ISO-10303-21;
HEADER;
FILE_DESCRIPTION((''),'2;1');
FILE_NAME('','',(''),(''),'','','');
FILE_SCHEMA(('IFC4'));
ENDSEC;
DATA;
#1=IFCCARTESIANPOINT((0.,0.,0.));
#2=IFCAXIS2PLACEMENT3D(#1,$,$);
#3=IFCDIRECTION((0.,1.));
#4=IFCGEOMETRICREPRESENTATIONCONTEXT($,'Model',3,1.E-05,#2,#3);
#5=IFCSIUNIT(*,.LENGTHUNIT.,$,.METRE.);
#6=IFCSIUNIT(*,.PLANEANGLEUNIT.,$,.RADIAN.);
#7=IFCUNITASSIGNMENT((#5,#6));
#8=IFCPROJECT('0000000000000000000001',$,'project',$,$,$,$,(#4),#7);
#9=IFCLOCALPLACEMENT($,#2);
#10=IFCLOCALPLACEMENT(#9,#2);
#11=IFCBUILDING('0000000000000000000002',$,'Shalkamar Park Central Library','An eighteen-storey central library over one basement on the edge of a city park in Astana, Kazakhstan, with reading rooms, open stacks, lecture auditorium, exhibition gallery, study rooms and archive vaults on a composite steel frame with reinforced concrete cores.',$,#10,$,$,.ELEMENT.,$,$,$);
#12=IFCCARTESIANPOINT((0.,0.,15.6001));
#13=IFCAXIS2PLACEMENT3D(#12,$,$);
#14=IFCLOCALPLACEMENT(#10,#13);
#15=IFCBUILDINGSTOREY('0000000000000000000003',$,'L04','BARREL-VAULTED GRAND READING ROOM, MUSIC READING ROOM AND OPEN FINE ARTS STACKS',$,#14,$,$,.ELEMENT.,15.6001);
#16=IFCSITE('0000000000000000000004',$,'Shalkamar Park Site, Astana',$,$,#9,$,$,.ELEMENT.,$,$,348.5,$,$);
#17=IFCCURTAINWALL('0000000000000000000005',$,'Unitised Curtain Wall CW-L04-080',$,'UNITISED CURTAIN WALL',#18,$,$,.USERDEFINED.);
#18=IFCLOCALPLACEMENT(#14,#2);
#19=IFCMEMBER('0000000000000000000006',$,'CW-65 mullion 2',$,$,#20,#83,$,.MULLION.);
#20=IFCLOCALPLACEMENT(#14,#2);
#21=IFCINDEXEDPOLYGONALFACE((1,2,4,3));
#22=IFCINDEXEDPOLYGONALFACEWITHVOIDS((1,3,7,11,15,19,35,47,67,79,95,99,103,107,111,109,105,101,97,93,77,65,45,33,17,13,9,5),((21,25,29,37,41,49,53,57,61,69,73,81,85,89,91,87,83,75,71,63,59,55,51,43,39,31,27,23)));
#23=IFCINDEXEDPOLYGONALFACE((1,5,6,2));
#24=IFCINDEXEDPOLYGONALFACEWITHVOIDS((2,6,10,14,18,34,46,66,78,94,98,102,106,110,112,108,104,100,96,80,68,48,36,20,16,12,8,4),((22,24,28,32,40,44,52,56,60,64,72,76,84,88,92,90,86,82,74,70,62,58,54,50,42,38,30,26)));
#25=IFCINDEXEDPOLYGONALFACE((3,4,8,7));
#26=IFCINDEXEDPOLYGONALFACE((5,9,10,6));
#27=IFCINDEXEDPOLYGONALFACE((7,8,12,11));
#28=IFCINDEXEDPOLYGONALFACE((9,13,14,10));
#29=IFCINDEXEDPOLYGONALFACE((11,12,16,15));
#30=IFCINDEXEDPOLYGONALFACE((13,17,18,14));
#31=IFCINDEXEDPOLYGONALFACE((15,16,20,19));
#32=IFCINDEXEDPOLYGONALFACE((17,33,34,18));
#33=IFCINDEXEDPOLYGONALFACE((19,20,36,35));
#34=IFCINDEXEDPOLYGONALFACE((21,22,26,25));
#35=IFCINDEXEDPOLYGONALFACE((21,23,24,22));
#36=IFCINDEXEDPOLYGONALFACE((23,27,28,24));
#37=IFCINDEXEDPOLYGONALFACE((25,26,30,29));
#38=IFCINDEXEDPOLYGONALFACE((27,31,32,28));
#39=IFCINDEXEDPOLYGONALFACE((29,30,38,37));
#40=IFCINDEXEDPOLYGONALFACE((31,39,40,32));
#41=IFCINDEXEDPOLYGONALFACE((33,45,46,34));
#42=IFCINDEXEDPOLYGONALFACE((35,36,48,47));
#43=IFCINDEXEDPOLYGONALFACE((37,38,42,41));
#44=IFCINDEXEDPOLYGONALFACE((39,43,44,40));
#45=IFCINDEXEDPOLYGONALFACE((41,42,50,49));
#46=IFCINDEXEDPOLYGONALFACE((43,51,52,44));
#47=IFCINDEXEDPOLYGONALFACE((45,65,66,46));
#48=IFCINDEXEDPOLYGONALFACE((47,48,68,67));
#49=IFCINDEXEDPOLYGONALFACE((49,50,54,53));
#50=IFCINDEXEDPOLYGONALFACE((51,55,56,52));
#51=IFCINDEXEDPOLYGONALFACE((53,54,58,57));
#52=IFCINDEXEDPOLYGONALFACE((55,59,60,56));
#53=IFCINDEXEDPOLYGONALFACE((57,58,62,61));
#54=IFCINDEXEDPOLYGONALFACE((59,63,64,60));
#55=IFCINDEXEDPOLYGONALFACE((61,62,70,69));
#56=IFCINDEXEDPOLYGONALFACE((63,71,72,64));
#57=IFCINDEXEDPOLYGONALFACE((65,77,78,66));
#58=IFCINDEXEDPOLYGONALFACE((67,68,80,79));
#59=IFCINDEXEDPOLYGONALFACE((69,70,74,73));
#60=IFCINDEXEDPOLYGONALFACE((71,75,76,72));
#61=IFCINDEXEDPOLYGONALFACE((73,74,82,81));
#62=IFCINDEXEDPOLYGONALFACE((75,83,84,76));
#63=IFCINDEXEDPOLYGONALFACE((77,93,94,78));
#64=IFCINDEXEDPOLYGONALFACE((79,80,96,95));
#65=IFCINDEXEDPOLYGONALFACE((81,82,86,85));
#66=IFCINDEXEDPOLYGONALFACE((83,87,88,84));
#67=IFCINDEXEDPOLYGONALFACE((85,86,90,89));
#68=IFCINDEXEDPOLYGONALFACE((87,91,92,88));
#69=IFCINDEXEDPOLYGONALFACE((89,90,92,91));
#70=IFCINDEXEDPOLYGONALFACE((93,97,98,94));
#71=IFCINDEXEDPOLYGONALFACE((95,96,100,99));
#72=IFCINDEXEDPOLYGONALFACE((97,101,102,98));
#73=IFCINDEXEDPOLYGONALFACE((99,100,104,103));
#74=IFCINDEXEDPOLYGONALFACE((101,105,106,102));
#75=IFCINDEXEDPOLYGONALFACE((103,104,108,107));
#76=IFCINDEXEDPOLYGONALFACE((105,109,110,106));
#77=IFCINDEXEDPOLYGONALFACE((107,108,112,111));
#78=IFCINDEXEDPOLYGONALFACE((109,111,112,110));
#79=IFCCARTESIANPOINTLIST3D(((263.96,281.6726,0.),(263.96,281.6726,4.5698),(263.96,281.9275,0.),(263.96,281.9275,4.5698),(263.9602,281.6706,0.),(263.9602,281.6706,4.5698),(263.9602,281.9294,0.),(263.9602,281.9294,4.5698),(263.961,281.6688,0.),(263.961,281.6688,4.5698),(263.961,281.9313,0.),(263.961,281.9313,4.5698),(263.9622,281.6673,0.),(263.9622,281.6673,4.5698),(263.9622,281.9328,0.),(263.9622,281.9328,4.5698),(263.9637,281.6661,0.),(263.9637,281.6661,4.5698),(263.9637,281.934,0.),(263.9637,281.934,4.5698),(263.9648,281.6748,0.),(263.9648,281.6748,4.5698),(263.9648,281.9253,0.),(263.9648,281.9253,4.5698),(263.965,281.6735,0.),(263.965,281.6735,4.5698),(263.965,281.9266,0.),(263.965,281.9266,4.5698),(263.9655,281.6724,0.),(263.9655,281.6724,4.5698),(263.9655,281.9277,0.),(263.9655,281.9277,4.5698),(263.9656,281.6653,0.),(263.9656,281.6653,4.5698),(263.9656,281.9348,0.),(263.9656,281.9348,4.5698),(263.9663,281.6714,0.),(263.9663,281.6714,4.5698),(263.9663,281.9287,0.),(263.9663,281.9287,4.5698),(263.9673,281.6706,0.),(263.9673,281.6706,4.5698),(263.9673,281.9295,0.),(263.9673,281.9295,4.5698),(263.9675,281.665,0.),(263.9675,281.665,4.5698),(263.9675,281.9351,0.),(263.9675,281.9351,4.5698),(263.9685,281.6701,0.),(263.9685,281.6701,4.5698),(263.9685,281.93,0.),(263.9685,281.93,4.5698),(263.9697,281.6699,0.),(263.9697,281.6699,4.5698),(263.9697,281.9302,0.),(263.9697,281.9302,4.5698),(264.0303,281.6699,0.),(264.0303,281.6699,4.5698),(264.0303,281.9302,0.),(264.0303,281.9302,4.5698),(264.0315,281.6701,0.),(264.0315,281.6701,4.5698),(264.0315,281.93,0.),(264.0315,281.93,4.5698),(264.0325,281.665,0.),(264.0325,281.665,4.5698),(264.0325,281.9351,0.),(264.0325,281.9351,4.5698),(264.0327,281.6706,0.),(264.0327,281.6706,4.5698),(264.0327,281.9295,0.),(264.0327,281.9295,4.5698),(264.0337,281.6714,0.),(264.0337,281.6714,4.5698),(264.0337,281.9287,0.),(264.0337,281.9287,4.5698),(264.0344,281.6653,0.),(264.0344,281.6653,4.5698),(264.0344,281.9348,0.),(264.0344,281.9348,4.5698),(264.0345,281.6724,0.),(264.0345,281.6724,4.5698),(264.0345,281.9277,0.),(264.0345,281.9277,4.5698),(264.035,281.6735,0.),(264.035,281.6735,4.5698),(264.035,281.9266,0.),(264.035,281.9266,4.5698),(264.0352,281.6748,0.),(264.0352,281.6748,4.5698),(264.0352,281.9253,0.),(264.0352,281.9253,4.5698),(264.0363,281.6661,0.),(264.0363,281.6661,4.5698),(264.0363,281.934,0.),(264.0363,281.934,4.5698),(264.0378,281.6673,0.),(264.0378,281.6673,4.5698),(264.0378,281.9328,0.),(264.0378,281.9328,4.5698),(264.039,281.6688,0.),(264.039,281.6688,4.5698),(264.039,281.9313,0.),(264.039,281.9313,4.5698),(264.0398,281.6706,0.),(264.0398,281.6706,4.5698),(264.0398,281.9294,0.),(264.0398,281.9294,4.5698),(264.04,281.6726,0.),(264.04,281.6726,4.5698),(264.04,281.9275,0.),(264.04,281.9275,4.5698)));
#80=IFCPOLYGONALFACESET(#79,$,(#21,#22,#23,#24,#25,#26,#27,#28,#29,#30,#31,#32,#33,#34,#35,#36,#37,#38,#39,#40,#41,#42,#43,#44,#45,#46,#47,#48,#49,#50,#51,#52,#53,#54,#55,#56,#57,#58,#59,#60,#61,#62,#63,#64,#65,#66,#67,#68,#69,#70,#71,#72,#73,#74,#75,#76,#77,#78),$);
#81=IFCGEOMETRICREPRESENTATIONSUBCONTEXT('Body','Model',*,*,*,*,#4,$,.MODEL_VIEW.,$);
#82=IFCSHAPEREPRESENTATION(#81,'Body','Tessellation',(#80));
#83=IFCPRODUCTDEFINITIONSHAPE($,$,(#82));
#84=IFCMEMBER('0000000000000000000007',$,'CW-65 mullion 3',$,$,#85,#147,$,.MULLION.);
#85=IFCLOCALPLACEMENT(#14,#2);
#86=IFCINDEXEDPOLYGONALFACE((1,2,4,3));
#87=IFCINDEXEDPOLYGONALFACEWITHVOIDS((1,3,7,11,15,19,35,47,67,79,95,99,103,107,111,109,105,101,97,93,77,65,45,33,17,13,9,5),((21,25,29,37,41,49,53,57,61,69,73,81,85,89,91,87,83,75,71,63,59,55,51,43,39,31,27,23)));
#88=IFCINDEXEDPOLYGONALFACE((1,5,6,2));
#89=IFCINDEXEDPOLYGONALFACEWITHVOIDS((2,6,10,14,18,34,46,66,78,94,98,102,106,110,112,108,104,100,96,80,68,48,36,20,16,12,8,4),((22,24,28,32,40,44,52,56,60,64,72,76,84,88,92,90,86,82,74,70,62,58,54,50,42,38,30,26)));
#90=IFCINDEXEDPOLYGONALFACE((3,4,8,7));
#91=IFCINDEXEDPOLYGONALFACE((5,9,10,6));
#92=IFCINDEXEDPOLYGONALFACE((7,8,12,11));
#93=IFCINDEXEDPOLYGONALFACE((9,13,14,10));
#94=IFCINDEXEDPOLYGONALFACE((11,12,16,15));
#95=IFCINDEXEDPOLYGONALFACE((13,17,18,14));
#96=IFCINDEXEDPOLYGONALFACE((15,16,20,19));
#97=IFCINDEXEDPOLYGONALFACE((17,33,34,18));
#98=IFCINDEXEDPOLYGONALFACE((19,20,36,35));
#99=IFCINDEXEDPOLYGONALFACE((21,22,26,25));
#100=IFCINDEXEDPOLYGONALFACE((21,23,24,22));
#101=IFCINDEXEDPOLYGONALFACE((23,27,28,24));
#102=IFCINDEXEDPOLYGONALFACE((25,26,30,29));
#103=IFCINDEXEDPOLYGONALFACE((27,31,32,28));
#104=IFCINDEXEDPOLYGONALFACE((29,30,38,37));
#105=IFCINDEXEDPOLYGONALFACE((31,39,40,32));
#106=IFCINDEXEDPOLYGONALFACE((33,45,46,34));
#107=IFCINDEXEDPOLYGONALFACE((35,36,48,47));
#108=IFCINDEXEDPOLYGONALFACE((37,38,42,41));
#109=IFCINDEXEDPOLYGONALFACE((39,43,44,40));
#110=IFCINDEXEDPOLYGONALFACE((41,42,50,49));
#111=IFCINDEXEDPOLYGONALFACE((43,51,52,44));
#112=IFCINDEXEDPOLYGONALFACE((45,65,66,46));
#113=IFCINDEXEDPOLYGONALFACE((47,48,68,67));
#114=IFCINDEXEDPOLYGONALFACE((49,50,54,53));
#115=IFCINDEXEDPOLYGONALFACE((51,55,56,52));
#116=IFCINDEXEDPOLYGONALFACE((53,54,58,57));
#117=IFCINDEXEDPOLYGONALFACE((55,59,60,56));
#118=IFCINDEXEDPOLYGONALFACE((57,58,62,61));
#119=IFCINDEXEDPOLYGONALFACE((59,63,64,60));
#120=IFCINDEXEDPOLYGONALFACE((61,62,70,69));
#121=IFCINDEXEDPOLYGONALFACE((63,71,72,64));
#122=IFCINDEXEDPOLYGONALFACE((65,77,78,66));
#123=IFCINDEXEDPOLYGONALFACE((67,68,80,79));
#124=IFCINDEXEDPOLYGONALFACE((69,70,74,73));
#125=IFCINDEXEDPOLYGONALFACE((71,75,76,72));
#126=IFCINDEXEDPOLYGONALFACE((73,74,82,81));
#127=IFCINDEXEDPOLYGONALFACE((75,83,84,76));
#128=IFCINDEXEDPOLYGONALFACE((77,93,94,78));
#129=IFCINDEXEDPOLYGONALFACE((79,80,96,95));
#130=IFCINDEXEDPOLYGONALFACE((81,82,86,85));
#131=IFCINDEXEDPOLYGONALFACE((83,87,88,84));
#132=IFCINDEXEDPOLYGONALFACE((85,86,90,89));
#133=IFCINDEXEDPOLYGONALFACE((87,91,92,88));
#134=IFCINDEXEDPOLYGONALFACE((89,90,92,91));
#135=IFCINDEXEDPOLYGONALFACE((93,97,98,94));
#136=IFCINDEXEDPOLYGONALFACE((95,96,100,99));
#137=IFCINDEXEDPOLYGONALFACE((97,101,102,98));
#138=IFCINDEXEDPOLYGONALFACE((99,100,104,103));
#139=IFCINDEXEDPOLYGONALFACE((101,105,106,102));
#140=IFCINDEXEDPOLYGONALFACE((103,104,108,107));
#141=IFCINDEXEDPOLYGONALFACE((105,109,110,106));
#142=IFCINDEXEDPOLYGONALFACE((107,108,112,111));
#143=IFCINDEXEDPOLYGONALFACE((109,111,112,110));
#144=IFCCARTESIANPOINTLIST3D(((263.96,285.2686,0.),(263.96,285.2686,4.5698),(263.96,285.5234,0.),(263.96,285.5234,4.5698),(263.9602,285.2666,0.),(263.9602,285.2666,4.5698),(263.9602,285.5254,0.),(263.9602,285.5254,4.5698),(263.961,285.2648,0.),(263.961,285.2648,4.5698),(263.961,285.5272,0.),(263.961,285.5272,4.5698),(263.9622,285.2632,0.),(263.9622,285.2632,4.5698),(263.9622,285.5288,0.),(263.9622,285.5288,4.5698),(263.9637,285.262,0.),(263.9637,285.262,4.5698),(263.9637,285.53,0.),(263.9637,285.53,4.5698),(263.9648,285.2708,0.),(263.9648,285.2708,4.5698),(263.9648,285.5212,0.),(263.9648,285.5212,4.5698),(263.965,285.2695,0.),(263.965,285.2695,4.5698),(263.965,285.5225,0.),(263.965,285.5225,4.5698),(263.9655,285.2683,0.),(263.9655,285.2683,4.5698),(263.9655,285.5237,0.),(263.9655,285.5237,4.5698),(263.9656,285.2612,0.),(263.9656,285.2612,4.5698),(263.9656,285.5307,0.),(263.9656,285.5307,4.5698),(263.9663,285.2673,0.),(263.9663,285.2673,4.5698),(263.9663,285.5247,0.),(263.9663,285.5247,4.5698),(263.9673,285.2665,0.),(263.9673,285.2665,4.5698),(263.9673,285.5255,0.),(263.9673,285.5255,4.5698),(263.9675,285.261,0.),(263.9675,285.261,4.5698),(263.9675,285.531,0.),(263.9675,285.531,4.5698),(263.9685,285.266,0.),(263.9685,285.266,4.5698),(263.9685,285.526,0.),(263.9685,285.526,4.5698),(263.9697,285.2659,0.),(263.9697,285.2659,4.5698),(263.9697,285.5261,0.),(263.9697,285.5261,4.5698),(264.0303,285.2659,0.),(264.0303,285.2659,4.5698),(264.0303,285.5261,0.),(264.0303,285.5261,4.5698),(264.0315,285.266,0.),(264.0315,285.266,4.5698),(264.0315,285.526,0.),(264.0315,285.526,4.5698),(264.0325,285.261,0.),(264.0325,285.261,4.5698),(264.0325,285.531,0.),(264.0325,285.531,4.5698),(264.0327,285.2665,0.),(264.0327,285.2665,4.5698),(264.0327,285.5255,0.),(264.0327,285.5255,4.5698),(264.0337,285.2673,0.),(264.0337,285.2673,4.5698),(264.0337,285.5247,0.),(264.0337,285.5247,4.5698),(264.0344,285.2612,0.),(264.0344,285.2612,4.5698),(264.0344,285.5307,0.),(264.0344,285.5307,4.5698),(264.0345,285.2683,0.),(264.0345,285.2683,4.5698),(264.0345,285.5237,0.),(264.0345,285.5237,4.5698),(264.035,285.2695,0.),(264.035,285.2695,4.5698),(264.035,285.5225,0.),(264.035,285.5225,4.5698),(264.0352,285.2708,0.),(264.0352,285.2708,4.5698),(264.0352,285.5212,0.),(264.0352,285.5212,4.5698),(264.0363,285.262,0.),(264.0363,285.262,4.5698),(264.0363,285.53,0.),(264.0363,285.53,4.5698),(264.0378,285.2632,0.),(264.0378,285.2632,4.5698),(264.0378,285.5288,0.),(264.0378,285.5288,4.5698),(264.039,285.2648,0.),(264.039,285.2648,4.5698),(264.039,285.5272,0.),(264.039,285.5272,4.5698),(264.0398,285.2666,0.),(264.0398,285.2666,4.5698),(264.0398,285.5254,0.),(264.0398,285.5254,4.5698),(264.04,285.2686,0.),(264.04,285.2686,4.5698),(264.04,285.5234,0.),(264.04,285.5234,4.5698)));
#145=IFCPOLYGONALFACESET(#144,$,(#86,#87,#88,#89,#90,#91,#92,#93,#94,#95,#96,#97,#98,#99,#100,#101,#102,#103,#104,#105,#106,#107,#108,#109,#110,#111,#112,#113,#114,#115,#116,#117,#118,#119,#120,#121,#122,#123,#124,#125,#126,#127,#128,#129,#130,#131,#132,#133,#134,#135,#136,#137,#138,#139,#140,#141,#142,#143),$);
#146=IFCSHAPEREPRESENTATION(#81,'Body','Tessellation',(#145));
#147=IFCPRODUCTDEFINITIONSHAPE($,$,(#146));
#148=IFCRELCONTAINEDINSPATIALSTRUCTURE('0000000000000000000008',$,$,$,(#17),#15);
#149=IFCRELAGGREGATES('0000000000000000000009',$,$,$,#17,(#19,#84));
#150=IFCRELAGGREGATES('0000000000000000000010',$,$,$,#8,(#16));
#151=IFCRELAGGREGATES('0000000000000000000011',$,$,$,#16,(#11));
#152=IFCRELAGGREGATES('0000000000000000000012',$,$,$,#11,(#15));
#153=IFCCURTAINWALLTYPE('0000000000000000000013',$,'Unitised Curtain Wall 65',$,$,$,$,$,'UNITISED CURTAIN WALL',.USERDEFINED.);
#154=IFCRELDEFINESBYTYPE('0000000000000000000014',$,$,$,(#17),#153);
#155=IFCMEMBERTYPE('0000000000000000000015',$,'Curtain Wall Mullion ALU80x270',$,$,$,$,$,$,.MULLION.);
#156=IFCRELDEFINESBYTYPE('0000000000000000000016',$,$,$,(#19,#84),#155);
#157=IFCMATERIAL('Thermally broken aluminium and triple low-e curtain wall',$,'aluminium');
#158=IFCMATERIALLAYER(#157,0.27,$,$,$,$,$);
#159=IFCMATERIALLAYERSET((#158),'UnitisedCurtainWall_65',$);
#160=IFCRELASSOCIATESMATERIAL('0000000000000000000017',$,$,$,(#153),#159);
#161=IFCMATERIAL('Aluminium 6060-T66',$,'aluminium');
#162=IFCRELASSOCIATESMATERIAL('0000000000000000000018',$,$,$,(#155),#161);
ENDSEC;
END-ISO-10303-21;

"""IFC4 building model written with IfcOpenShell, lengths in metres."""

from ifc_helpers import new_model, si_unit, direction, frame, origin, origin_2d, place, context, subcontext, project, spatial, hollow_rectangle, extrude, material, layer, layer_set, material_profile, profile_set, type_object, element, aggregate, save


model = new_model("IFC4")

# Units and contexts
model_context = context("Model", 3, precision=1e-05, world=origin(), true_north=direction((0.0, 1.0)))
body_context = subcontext(model_context, "Body", "Model", "MODEL_VIEW")
ifc_project = project(units=[si_unit("LENGTHUNIT", "METRE"), si_unit("PLANEANGLEUNIT", "RADIAN")], contexts=[model_context])

# Site, building, storey
site_placement = place(None, origin())
site = spatial("IfcSite", under=ifc_project, at=site_placement, Name="Shalkamar Park Site, Astana", CompositionType="ELEMENT", RefElevation=348.5)
building_placement = place(site_placement, origin())
building = spatial("IfcBuilding", under=site, at=building_placement, Name="Shalkamar Park Central Library", Description="An eighteen-storey central library over one basement on the edge of a city park in Astana, Kazakhstan, with reading rooms, open stacks, lecture auditorium, exhibition gallery, study rooms and archive vaults on a composite steel frame with reinforced concrete cores.", CompositionType="ELEMENT")
storey_placement = place(building_placement, frame((0.0, 0.0, 15.6001)))
storey = spatial("IfcBuildingStorey", under=building, at=storey_placement, Name="L04", Description="BARREL-VAULTED GRAND READING ROOM, MUSIC READING ROOM AND OPEN FINE ARTS STACKS", CompositionType="ELEMENT", Elevation=15.6001)

# Curtain wall, members
ifc_material_1 = material(Name="Thermally broken aluminium and triple low-e curtain wall", Category="aluminium")
ifc_layer_1 = layer(ifc_material_1, 0.27)
ifc_layer_set_1 = layer_set([ifc_layer_1], Name="UnitisedCurtainWall_65")
curtain_wall_type = type_object("IfcCurtainWallType", Name="Unitised Curtain Wall 65", ElementType="UNITISED CURTAIN WALL", PredefinedType="USERDEFINED", material=ifc_layer_set_1)
curtain_wall_placement = place(storey_placement, origin())
curtain_wall = element("IfcCurtainWall", 1, at=curtain_wall_placement, inside=storey, type_object=curtain_wall_type, Name="Unitised Curtain Wall CW-L04-080", ObjectType="UNITISED CURTAIN WALL", PredefinedType="USERDEFINED")
ifc_material_2 = material(Name="Aluminium 6060-T66", Category="aluminium")
ifc_material_profile_1 = material_profile(ifc_material_2, hollow_rectangle(XDim=0.0801, YDim=0.27, WallThickness=0.0049, InnerFilletRadius=0.0049, OuterFilletRadius=0.0076, at=origin_2d()), Name="ALU 80x270x5")
ifc_profile_set_1 = profile_set([ifc_material_profile_1], Name="Aluminium 6060-T66")
member_type_1 = type_object("IfcMemberType", Name="Curtain Wall Mullion ALU80x270", PredefinedType="MULLION", material=ifc_profile_set_1)
member_1_placement = place(storey_placement, frame((264.0, 281.8, 0.0), z_axis=(0.0, 0.0, 1.0), x_axis=(-1.0, 0.0, 0.0)))
member_1 = element("IfcMember", 2, at=member_1_placement, type_object=member_type_1, Name="CW-65 mullion 2", PredefinedType="MULLION", context=body_context, shape_type="SweptSolid", body=[
    extrude(hollow_rectangle(XDim=0.0801, YDim=0.27, WallThickness=0.0049, InnerFilletRadius=0.0049, OuterFilletRadius=0.0076, at=origin_2d()), origin(), (0.0, 0.0, 1.0), 4.5698),
])
member_2_placement = place(storey_placement, frame((264.0, 285.396, 0.0), z_axis=(0.0, 0.0, 1.0), x_axis=(-1.0, 0.0, 0.0)))
member_2 = element("IfcMember", 3, at=member_2_placement, type_object=member_type_1, Name="CW-65 mullion 3", PredefinedType="MULLION", context=body_context, shape_type="SweptSolid", body=[
    extrude(hollow_rectangle(XDim=0.0801, YDim=0.27, WallThickness=0.0049, InnerFilletRadius=0.0049, OuterFilletRadius=0.0076, at=origin_2d()), origin(), (0.0, 0.0, 1.0), 4.5698),
])

aggregate(curtain_wall, [member_1, member_2])

save(model, "model.ifc")
